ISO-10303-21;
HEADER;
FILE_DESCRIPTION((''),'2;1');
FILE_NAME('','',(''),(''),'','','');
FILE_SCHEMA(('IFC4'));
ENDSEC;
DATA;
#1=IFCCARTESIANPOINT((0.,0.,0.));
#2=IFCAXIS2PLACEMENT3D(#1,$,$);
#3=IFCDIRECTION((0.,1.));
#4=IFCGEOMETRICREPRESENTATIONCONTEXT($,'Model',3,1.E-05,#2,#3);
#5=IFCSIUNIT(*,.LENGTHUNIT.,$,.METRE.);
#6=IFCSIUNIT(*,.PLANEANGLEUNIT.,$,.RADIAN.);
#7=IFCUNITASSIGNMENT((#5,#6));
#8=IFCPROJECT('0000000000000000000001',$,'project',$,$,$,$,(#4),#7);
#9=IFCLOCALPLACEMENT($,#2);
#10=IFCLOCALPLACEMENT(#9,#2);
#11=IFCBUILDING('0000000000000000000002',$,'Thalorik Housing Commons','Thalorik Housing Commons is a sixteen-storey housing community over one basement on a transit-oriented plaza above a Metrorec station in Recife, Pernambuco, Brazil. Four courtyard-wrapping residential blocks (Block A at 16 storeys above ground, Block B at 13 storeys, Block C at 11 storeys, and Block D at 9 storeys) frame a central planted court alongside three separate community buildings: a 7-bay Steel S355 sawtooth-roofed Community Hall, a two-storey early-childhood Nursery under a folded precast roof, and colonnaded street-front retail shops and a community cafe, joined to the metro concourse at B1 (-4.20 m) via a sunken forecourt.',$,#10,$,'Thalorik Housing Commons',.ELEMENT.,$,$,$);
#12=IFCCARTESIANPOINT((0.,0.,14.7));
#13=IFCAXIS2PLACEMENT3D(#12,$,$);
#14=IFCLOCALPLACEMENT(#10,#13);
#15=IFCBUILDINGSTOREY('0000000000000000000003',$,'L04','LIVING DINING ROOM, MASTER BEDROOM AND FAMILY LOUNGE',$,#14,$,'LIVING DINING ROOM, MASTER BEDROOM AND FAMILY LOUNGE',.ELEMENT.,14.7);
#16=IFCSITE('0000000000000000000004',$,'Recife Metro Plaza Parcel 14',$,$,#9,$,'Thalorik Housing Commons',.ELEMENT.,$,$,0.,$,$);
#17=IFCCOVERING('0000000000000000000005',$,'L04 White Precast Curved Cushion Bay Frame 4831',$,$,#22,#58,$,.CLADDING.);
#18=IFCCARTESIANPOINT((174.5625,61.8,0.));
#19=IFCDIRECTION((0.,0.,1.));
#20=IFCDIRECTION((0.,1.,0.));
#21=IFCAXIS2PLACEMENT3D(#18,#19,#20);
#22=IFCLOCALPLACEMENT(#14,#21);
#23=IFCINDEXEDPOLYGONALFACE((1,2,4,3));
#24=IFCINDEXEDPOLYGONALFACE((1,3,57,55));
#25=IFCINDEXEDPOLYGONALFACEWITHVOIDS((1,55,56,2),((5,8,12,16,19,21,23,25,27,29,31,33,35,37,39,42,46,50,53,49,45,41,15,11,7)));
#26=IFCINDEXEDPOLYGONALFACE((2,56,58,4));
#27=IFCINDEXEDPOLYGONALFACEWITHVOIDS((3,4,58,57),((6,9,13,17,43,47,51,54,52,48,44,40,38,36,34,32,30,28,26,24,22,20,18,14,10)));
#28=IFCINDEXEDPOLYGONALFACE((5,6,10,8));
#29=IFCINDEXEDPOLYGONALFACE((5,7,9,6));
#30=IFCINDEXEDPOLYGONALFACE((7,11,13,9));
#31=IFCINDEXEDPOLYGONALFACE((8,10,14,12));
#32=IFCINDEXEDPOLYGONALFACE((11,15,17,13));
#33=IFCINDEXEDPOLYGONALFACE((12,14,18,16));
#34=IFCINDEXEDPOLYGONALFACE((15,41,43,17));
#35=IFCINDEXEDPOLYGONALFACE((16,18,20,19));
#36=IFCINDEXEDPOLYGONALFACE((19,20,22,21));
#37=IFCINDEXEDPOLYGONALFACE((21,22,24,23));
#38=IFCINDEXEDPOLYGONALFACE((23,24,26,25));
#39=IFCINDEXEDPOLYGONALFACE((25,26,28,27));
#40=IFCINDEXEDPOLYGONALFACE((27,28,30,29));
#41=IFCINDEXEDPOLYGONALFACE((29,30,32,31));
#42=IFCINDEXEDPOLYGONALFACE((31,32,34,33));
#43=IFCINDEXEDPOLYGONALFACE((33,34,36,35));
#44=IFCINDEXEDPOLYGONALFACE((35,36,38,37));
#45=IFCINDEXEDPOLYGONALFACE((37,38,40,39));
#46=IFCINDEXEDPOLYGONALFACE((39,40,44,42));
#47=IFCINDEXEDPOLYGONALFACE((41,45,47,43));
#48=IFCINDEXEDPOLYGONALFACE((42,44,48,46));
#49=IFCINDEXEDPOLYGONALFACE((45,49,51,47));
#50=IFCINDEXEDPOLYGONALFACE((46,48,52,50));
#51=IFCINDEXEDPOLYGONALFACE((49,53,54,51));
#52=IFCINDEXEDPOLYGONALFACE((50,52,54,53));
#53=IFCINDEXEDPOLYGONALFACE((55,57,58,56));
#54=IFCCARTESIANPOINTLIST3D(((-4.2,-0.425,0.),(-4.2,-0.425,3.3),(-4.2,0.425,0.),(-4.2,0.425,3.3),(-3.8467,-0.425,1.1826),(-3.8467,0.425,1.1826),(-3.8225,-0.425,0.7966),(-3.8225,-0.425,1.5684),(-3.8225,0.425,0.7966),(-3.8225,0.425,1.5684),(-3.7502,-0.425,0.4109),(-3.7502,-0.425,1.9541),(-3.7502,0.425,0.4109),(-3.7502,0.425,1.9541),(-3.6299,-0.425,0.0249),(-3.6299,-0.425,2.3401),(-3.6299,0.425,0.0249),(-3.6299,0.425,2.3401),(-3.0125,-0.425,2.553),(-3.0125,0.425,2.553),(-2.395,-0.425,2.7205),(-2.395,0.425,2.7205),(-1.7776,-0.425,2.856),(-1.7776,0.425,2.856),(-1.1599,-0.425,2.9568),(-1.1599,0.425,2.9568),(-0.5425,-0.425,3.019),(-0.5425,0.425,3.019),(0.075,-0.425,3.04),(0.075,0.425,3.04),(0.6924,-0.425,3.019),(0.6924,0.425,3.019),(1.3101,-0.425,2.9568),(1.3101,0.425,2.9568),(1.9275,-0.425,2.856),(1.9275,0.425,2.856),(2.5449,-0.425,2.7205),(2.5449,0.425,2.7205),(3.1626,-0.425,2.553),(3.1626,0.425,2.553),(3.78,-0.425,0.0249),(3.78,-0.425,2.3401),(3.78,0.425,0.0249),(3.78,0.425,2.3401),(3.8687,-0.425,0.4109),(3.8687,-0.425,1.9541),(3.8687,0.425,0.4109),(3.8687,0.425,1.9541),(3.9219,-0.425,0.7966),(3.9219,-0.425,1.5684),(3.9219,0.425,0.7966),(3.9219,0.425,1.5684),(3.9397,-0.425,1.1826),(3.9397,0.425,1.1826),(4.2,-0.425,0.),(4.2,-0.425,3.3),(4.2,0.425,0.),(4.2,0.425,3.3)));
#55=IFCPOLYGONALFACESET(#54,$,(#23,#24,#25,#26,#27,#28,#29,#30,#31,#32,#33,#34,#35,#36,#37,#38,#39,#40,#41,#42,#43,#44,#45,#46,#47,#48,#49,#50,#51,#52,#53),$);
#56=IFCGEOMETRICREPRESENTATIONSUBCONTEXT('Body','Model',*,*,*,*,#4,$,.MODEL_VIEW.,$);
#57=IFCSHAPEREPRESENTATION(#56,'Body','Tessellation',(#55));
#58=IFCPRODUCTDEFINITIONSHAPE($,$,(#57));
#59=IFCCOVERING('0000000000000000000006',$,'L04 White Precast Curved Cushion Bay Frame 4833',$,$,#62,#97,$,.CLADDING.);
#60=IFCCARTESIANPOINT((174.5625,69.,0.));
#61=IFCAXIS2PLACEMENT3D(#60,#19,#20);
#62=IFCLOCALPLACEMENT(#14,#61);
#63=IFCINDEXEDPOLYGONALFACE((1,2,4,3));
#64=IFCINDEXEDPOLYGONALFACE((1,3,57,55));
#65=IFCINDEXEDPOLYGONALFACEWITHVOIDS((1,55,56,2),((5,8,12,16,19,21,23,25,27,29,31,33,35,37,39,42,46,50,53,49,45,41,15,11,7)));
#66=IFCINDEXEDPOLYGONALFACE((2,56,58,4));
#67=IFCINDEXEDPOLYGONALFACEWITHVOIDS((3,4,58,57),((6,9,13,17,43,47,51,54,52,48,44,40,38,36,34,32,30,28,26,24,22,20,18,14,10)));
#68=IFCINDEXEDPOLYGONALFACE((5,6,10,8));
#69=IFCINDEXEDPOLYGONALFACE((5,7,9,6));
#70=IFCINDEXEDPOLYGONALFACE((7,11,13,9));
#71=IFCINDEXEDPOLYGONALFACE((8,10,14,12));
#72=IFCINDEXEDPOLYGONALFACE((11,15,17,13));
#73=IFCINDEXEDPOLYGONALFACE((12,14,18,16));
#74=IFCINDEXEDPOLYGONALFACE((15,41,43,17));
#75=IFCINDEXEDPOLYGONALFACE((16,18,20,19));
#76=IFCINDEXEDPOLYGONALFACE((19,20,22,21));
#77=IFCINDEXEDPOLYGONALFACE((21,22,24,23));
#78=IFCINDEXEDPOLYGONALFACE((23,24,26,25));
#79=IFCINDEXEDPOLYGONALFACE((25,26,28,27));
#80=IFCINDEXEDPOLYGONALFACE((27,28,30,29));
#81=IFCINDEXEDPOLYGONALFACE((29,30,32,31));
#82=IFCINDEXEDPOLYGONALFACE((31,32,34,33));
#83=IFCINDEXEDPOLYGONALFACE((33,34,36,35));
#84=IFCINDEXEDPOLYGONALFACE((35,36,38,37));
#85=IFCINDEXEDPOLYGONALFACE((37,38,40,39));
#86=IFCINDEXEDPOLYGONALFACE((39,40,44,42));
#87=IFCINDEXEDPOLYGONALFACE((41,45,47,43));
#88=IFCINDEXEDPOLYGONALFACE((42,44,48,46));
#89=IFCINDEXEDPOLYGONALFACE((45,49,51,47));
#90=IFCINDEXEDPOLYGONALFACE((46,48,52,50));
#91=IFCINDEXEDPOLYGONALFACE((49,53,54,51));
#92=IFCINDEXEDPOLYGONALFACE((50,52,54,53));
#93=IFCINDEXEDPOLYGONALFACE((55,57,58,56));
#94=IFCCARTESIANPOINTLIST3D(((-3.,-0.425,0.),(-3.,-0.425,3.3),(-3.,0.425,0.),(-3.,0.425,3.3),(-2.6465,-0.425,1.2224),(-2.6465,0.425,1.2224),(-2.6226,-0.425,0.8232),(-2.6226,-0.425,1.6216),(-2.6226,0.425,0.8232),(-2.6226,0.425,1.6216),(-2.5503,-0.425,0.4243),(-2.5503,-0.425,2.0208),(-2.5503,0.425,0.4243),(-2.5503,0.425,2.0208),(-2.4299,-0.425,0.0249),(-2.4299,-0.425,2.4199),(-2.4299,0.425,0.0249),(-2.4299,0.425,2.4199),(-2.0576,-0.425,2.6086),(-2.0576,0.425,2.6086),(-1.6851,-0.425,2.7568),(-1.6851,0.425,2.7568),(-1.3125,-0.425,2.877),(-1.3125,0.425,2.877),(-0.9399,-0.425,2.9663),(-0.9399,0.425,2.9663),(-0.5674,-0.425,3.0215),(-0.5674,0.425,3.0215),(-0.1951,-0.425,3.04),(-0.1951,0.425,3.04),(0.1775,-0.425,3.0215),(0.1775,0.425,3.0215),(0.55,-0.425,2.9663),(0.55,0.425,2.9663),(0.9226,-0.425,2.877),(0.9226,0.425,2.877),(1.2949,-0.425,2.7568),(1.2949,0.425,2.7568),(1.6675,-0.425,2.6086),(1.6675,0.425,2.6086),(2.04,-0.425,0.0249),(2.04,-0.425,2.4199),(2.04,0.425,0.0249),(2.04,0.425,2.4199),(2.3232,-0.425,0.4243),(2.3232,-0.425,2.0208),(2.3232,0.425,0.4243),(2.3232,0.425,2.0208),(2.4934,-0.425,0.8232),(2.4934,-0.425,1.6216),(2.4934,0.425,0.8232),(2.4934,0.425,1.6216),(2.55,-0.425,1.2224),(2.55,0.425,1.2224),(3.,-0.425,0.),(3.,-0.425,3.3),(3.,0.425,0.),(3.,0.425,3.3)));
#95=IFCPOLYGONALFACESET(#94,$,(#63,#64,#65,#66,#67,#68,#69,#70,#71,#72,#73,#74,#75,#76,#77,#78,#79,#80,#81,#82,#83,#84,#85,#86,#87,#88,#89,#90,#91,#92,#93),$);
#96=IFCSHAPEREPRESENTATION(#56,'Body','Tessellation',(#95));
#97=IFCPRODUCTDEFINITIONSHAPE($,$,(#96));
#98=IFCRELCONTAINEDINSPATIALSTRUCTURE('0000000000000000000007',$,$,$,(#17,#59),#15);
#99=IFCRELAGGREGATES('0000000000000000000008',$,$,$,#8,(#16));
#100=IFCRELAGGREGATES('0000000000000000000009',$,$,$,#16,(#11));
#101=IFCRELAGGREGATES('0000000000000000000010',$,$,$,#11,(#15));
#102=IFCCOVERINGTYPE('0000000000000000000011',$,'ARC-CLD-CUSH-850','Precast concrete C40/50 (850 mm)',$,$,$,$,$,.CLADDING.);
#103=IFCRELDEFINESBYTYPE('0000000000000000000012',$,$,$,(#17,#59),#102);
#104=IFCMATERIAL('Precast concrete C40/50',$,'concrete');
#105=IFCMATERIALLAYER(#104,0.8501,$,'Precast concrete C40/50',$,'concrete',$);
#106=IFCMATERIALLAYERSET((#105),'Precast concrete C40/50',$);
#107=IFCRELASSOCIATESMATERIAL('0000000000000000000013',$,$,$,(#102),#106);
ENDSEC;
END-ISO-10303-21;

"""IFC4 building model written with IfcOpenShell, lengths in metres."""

from ifc_helpers import new_model, si_unit, direction, frame, origin, place, context, subcontext, project, spatial, polyline, outline, extrude, material, layer, layer_set, type_object, element, save


model = new_model("IFC4")

# Units and contexts
model_context = context("Model", 3, precision=1e-05, world=origin(), true_north=direction((0.0, 1.0)))
body_context = subcontext(model_context, "Body", "Model", "MODEL_VIEW")
ifc_project = project(units=[si_unit("LENGTHUNIT", "METRE"), si_unit("PLANEANGLEUNIT", "RADIAN")], contexts=[model_context])

# Site, building, storey
site_placement = place(None, origin())
site = spatial("IfcSite", under=ifc_project, at=site_placement, Name="Recife Metro Plaza Parcel 14", LongName="Thalorik Housing Commons", CompositionType="ELEMENT", RefElevation=0.0)
building_placement = place(site_placement, origin())
building = spatial("IfcBuilding", under=site, at=building_placement, Name="Thalorik Housing Commons", Description="Thalorik Housing Commons is a sixteen-storey housing community over one basement on a transit-oriented plaza above a Metrorec station in Recife, Pernambuco, Brazil. Four courtyard-wrapping residential blocks (Block A at 16 storeys above ground, Block B at 13 storeys, Block C at 11 storeys, and Block D at 9 storeys) frame a central planted court alongside three separate community buildings: a 7-bay Steel S355 sawtooth-roofed Community Hall, a two-storey early-childhood Nursery under a folded precast roof, and colonnaded street-front retail shops and a community cafe, joined to the metro concourse at B1 (-4.20 m) via a sunken forecourt.", LongName="Thalorik Housing Commons", CompositionType="ELEMENT")
storey_placement = place(building_placement, frame((0.0, 0.0, 14.7)))
storey = spatial("IfcBuildingStorey", under=building, at=storey_placement, Name="L04", Description="LIVING DINING ROOM, MASTER BEDROOM AND FAMILY LOUNGE", LongName="LIVING DINING ROOM, MASTER BEDROOM AND FAMILY LOUNGE", CompositionType="ELEMENT", Elevation=14.7)

# Shared definitions
ifc_material_1 = material(Name="Precast concrete C40/50", Category="concrete")

# Coverings
ifc_layer_1 = layer(ifc_material_1, 0.8501, Name="Precast concrete C40/50", Category="concrete")
ifc_layer_set_1 = layer_set([ifc_layer_1], Name="Precast concrete C40/50")
covering_type_1 = type_object("IfcCoveringType", Name="ARC-CLD-CUSH-850", Description="Precast concrete C40/50 (850 mm)", PredefinedType="CLADDING", material=ifc_layer_set_1)
covering_1_placement = place(storey_placement, frame((174.5625, 61.8, 0.0), z_axis=(0.0, 0.0, 1.0), x_axis=(0.0, 1.0, 0.0)))
element("IfcCovering", 1, at=covering_1_placement, inside=storey, type_object=covering_type_1, Name="L04 White Precast Curved Cushion Bay Frame 4831", PredefinedType="CLADDING", context=body_context, shape_type="SweptSolid", body=[
    extrude(outline(polyline([(-4.2, 0.0), (4.2, 0.0), (4.2, 3.3), (-4.2, 3.3), (-4.2, 0.0)]), holes=[polyline([(3.78, 0.0249), (3.8687, 0.4109), (3.9219, 0.7966), (3.9397, 1.1826), (3.9219, 1.5684), (3.8687, 1.9541), (3.78, 2.3401), (3.1626, 2.553), (2.5449, 2.7205), (1.9275, 2.856), (1.3101, 2.9568), (0.6924, 3.019), (0.075, 3.04), (-0.5425, 3.019), (-1.1599, 2.9568), (-1.7776, 2.856), (-2.395, 2.7205), (-3.0125, 2.553), (-3.6299, 2.3401), (-3.7502, 1.9541), (-3.8225, 1.5684), (-3.8467, 1.1826), (-3.8225, 0.7966), (-3.7502, 0.4109), (-3.6299, 0.0249), (3.78, 0.0249)])]), frame((0.0, 0.425, 0.0), z_axis=(0.0, -1.0, 0.0), x_axis=(1.0, 0.0, 0.0)), (0.0, 0.0, 1.0), 0.8501),
])
covering_2_placement = place(storey_placement, frame((174.5625, 69.0, 0.0), z_axis=(0.0, 0.0, 1.0), x_axis=(0.0, 1.0, 0.0)))
element("IfcCovering", 2, at=covering_2_placement, inside=storey, type_object=covering_type_1, Name="L04 White Precast Curved Cushion Bay Frame 4833", PredefinedType="CLADDING", context=body_context, shape_type="SweptSolid", body=[
    extrude(outline(polyline([(-3.0, 0.0), (3.0, 0.0), (3.0, 3.3), (-3.0, 3.3), (-3.0, 0.0)]), holes=[polyline([(2.04, 0.0249), (2.3232, 0.4243), (2.4934, 0.8232), (2.55, 1.2224), (2.4934, 1.6216), (2.3232, 2.0208), (2.04, 2.4199), (1.6675, 2.6086), (1.2949, 2.7568), (0.9226, 2.877), (0.55, 2.9663), (0.1775, 3.0215), (-0.1951, 3.04), (-0.5674, 3.0215), (-0.9399, 2.9663), (-1.3125, 2.877), (-1.6851, 2.7568), (-2.0576, 2.6086), (-2.4299, 2.4199), (-2.5503, 2.0208), (-2.6226, 1.6216), (-2.6465, 1.2224), (-2.6226, 0.8232), (-2.5503, 0.4243), (-2.4299, 0.0249), (2.04, 0.0249)])]), frame((0.0, 0.425, 0.0), z_axis=(0.0, -1.0, 0.0), x_axis=(1.0, 0.0, 0.0)), (0.0, 0.0, 1.0), 0.8501),
])

save(model, "model.ifc")
